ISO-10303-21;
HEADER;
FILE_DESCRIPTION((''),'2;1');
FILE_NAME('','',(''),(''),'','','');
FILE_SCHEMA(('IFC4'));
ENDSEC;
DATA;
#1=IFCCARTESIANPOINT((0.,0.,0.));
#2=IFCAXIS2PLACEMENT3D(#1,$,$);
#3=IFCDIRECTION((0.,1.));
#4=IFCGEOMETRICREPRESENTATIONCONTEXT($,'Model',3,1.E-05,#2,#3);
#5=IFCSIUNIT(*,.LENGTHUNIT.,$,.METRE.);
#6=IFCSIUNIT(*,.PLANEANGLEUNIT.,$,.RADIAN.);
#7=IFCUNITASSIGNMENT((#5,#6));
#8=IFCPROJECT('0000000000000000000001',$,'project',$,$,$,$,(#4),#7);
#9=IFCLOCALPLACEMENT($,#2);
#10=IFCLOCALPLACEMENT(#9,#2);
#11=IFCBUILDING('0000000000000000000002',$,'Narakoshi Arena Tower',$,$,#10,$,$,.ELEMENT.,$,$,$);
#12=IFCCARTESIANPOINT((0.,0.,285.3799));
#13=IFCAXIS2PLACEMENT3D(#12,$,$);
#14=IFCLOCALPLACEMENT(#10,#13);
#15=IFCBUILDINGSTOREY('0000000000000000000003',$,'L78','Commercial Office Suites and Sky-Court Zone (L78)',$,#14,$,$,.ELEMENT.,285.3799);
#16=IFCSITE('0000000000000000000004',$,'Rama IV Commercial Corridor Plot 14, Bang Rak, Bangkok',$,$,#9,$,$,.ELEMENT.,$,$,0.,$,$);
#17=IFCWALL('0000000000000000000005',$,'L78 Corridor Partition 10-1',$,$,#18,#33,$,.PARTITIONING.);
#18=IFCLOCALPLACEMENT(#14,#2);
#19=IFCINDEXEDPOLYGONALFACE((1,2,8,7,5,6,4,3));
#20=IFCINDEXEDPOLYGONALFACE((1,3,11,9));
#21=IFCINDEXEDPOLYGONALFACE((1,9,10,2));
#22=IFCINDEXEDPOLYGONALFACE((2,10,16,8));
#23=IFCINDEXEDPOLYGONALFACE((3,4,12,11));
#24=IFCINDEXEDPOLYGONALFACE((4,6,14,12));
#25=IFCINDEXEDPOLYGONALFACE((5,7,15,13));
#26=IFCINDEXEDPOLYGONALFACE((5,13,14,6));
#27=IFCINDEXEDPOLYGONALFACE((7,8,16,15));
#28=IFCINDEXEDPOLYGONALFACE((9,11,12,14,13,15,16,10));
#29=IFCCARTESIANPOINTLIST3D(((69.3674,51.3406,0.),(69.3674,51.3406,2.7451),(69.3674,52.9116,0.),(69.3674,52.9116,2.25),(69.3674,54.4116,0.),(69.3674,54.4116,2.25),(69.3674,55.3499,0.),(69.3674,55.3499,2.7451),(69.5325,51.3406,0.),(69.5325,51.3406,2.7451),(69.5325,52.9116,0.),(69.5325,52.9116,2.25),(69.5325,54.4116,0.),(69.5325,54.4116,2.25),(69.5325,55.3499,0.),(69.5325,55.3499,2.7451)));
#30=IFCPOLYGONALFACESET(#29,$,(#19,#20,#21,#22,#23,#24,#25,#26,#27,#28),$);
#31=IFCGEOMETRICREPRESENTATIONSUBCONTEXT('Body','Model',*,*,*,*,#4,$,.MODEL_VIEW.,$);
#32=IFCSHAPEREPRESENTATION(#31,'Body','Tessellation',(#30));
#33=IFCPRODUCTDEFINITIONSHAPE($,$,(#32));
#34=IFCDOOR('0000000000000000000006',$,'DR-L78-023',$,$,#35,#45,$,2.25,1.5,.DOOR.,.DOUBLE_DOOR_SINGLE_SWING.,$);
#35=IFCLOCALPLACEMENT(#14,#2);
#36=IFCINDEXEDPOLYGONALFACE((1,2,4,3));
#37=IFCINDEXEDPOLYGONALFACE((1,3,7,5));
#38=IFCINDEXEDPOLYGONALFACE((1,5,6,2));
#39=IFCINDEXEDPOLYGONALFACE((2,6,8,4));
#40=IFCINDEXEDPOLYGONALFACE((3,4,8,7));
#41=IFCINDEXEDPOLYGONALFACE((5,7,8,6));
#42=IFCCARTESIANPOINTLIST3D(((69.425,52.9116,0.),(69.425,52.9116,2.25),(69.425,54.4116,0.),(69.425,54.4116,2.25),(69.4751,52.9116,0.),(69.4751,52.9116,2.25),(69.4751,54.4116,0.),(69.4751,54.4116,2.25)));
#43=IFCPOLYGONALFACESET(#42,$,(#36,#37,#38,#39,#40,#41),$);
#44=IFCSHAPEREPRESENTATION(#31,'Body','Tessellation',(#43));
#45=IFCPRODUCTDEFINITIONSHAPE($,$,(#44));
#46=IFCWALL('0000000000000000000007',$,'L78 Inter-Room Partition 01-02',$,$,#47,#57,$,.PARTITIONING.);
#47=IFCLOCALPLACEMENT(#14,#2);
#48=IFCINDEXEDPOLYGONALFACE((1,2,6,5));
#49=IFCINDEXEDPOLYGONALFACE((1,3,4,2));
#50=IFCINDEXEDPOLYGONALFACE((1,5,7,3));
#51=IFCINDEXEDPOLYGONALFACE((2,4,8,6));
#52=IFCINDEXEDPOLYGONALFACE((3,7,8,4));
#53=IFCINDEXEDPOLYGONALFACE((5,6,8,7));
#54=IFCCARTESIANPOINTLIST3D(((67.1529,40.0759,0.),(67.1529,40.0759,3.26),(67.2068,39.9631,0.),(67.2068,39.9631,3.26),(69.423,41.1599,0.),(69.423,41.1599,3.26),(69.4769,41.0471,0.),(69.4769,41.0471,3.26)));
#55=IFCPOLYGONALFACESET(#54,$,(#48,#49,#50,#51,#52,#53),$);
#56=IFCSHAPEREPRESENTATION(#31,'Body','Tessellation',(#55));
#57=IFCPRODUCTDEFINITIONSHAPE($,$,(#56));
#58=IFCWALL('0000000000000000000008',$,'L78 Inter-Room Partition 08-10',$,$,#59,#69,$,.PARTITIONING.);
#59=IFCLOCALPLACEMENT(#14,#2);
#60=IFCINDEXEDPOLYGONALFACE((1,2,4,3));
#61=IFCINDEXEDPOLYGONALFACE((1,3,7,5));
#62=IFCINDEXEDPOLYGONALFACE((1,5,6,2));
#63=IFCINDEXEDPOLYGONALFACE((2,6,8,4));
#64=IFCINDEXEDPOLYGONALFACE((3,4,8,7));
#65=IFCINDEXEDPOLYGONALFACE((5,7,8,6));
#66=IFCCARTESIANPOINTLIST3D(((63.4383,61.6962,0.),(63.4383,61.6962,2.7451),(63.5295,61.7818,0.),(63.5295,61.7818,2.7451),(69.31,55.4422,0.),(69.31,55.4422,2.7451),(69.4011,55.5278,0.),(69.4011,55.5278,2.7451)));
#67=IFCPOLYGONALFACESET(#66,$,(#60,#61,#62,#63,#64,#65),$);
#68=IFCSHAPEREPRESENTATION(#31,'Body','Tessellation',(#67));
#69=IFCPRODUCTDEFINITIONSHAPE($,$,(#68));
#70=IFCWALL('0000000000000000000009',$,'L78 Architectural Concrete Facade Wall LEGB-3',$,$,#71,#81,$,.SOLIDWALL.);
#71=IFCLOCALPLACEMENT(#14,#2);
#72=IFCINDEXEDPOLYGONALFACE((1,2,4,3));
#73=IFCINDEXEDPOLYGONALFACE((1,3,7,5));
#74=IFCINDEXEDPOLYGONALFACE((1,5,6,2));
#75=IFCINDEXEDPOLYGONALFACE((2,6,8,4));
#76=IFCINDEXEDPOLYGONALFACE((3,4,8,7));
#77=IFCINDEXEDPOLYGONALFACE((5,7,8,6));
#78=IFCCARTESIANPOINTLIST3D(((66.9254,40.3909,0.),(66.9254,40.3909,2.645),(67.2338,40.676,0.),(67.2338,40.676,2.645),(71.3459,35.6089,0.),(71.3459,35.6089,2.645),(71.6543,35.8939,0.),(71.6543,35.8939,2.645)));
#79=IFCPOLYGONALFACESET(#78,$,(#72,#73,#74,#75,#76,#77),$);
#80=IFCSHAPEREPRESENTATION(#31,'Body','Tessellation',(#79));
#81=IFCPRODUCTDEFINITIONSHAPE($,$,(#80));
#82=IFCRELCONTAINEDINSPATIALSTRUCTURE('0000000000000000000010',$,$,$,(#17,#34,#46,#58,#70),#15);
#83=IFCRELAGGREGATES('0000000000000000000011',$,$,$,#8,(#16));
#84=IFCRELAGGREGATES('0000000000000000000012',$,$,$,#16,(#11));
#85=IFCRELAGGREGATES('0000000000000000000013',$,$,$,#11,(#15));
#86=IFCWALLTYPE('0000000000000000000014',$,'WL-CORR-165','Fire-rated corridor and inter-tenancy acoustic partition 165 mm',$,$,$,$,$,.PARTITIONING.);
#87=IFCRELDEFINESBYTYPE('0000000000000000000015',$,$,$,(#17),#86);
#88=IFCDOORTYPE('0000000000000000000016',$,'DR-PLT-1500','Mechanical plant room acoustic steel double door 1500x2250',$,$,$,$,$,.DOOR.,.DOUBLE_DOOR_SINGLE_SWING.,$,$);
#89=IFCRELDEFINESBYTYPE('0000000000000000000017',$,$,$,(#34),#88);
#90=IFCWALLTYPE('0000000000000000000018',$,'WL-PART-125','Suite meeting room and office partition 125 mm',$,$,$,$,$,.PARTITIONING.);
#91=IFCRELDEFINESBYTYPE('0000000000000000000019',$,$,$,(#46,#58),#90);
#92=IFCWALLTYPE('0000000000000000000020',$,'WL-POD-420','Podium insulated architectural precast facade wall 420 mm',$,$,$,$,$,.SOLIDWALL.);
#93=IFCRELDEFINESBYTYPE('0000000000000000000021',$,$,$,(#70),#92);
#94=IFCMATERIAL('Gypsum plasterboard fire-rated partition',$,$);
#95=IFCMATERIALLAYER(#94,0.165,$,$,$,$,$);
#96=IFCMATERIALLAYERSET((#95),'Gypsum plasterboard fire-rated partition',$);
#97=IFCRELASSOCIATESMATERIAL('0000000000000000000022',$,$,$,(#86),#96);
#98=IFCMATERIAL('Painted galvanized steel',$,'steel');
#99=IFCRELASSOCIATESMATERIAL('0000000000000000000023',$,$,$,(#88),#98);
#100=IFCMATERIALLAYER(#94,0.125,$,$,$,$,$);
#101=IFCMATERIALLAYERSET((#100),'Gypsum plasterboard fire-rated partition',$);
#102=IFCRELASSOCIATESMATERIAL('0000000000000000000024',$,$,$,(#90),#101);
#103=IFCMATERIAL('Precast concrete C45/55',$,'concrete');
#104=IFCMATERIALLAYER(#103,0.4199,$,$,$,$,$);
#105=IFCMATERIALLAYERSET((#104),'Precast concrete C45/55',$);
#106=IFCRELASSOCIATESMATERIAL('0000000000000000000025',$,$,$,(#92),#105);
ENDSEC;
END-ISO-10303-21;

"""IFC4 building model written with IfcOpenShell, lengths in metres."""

from ifc_helpers import new_model, si_unit, direction, frame, frame_2d, origin, place, context, subcontext, project, spatial, rectangle, extrude, material, layer, layer_set, type_object, element, fill, save


model = new_model("IFC4")

# Units and contexts
model_context = context("Model", 3, precision=1e-05, world=origin(), true_north=direction((0.0, 1.0)))
body_context = subcontext(model_context, "Body", "Model", "MODEL_VIEW")
ifc_project = project(units=[si_unit("LENGTHUNIT", "METRE"), si_unit("PLANEANGLEUNIT", "RADIAN")], contexts=[model_context])

# Site, building, storey
site_placement = place(None, origin())
site = spatial("IfcSite", under=ifc_project, at=site_placement, Name="Rama IV Commercial Corridor Plot 14, Bang Rak, Bangkok", CompositionType="ELEMENT", RefElevation=0.0)
building_placement = place(site_placement, origin())
building = spatial("IfcBuilding", under=site, at=building_placement, Name="Narakoshi Arena Tower", CompositionType="ELEMENT")
storey_placement = place(building_placement, frame((0.0, 0.0, 285.3799)))
storey = spatial("IfcBuildingStorey", under=building, at=storey_placement, Name="L78", Description="Commercial Office Suites and Sky-Court Zone (L78)", CompositionType="ELEMENT", Elevation=285.3799)

# Shared definitions
ifc_material_1 = material(Name="Gypsum plasterboard fire-rated partition")
ifc_layer_1 = layer(ifc_material_1, 0.165)
ifc_layer_set_1 = layer_set([ifc_layer_1], Name="Gypsum plasterboard fire-rated partition")
wall_type_1 = type_object("IfcWallType", Name="WL-CORR-165", Description="Fire-rated corridor and inter-tenancy acoustic partition 165 mm", PredefinedType="PARTITIONING", material=ifc_layer_set_1)
ifc_material_2 = material(Name="Painted galvanized steel", Category="steel")

# Wall, opening, door
door_type_1 = type_object("IfcDoorType", Name="DR-PLT-1500", Description="Mechanical plant room acoustic steel double door 1500x2250", OperationType="DOUBLE_DOOR_SINGLE_SWING", PredefinedType="DOOR", material=ifc_material_2)
wall_1_placement = place(storey_placement, frame((69.45, 55.3499, 0.0), z_axis=(0.0, 0.0, 1.0), x_axis=(0.0, -1.0, 0.0)))
wall_1 = element("IfcWall", 1, at=wall_1_placement, inside=storey, type_object=wall_type_1, Name="L78 Corridor Partition 10-1", PredefinedType="PARTITIONING", context=body_context, shape_type="SweptSolid", body=[
    extrude(rectangle(XDim=4.0093, YDim=0.165, at=frame_2d((2.0046, 0.0))), origin(), (0.0, 0.0, 1.0), 2.7451),
])
opening_1_placement = place(wall_1_placement, frame((0.9382, 0.0, 0.0)))
opening_1 = element("IfcOpeningElement", 2, at=opening_1_placement, cuts=wall_1, PredefinedType="OPENING", context=body_context, shape_type="SweptSolid", body=[
    extrude(rectangle(XDim=1.5, YDim=2.25, at=frame_2d((0.75, 1.125))), frame((0.0, 0.0925, 0.0), z_axis=(0.0, -1.0, 0.0), x_axis=(1.0, 0.0, 0.0)), (0.0, 0.0, 1.0), 0.1851),
])
door_1_placement = place(opening_1_placement, frame((1.5, 0.0, 0.0), z_axis=(0.0, 0.0, 1.0), x_axis=(-1.0, 0.0, 0.0)))
door_1 = element("IfcDoor", 3, at=door_1_placement, inside=storey, type_object=door_type_1, Name="DR-L78-023", OperationType="DOUBLE_DOOR_SINGLE_SWING", OverallHeight=2.25, OverallWidth=1.5, PredefinedType="DOOR", context=body_context, shape_type="SweptSolid", body=[
    extrude(rectangle(XDim=1.5, YDim=2.25, at=frame_2d((0.75, 1.125))), frame((0.0, 0.0249, 0.0), z_axis=(0.0, -1.0, 0.0), x_axis=(1.0, 0.0, 0.0)), (0.0, 0.0, 1.0), 0.05),
])
fill(opening_1, door_1)

# Walls
ifc_layer_2 = layer(ifc_material_1, 0.125)
ifc_layer_set_2 = layer_set([ifc_layer_2], Name="Gypsum plasterboard fire-rated partition")
wall_type_2 = type_object("IfcWallType", Name="WL-PART-125", Description="Suite meeting room and office partition 125 mm", PredefinedType="PARTITIONING", material=ifc_layer_set_2)
wall_2_placement = place(storey_placement, frame((69.45, 41.1035, 0.0), z_axis=(0.0, 0.0, 1.0), x_axis=(-0.902394, -0.430913, 0.0)))
element("IfcWall", 4, at=wall_2_placement, inside=storey, type_object=wall_type_2, Name="L78 Inter-Room Partition 01-02", PredefinedType="PARTITIONING", context=body_context, shape_type="SweptSolid", body=[
    extrude(rectangle(XDim=2.5156, YDim=0.125, at=frame_2d((1.2578, 0.0))), origin(), (0.0, 0.0, 1.0), 3.26),
])
wall_3_placement = place(storey_placement, frame((69.3555, 55.4851, 0.0), z_axis=(0.0, 0.0, 1.0), x_axis=(-0.684471, 0.72904, 0.0)))
element("IfcWall", 5, at=wall_3_placement, inside=storey, type_object=wall_type_2, Name="L78 Inter-Room Partition 08-10", PredefinedType="PARTITIONING", context=body_context, shape_type="SweptSolid", body=[
    extrude(rectangle(XDim=8.5784, YDim=0.125, at=frame_2d((4.2891, 0.0))), origin(), (0.0, 0.0, 1.0), 2.7451),
])
ifc_material_3 = material(Name="Precast concrete C45/55", Category="concrete")
ifc_layer_3 = layer(ifc_material_3, 0.4199)
ifc_layer_set_3 = layer_set([ifc_layer_3], Name="Precast concrete C45/55")
wall_type_3 = type_object("IfcWallType", Name="WL-POD-420", Description="Podium insulated architectural precast facade wall 420 mm", PredefinedType="SOLIDWALL", material=ifc_layer_set_3)
wall_4_placement = place(storey_placement, frame((67.0796, 40.5334, 0.0), z_axis=(0.0, 0.0, 1.0), x_axis=(0.6788, -0.734323, 0.0)))
element("IfcWall", 6, at=wall_4_placement, inside=storey, type_object=wall_type_3, Name="L78 Architectural Concrete Facade Wall LEGB-3", PredefinedType="SOLIDWALL", context=body_context, shape_type="SweptSolid", body=[
    extrude(rectangle(XDim=6.5122, YDim=0.4199, at=frame_2d((3.2561, 0.0))), origin(), (0.0, 0.0, 1.0), 2.645),
])

save(model, "model.ifc")
